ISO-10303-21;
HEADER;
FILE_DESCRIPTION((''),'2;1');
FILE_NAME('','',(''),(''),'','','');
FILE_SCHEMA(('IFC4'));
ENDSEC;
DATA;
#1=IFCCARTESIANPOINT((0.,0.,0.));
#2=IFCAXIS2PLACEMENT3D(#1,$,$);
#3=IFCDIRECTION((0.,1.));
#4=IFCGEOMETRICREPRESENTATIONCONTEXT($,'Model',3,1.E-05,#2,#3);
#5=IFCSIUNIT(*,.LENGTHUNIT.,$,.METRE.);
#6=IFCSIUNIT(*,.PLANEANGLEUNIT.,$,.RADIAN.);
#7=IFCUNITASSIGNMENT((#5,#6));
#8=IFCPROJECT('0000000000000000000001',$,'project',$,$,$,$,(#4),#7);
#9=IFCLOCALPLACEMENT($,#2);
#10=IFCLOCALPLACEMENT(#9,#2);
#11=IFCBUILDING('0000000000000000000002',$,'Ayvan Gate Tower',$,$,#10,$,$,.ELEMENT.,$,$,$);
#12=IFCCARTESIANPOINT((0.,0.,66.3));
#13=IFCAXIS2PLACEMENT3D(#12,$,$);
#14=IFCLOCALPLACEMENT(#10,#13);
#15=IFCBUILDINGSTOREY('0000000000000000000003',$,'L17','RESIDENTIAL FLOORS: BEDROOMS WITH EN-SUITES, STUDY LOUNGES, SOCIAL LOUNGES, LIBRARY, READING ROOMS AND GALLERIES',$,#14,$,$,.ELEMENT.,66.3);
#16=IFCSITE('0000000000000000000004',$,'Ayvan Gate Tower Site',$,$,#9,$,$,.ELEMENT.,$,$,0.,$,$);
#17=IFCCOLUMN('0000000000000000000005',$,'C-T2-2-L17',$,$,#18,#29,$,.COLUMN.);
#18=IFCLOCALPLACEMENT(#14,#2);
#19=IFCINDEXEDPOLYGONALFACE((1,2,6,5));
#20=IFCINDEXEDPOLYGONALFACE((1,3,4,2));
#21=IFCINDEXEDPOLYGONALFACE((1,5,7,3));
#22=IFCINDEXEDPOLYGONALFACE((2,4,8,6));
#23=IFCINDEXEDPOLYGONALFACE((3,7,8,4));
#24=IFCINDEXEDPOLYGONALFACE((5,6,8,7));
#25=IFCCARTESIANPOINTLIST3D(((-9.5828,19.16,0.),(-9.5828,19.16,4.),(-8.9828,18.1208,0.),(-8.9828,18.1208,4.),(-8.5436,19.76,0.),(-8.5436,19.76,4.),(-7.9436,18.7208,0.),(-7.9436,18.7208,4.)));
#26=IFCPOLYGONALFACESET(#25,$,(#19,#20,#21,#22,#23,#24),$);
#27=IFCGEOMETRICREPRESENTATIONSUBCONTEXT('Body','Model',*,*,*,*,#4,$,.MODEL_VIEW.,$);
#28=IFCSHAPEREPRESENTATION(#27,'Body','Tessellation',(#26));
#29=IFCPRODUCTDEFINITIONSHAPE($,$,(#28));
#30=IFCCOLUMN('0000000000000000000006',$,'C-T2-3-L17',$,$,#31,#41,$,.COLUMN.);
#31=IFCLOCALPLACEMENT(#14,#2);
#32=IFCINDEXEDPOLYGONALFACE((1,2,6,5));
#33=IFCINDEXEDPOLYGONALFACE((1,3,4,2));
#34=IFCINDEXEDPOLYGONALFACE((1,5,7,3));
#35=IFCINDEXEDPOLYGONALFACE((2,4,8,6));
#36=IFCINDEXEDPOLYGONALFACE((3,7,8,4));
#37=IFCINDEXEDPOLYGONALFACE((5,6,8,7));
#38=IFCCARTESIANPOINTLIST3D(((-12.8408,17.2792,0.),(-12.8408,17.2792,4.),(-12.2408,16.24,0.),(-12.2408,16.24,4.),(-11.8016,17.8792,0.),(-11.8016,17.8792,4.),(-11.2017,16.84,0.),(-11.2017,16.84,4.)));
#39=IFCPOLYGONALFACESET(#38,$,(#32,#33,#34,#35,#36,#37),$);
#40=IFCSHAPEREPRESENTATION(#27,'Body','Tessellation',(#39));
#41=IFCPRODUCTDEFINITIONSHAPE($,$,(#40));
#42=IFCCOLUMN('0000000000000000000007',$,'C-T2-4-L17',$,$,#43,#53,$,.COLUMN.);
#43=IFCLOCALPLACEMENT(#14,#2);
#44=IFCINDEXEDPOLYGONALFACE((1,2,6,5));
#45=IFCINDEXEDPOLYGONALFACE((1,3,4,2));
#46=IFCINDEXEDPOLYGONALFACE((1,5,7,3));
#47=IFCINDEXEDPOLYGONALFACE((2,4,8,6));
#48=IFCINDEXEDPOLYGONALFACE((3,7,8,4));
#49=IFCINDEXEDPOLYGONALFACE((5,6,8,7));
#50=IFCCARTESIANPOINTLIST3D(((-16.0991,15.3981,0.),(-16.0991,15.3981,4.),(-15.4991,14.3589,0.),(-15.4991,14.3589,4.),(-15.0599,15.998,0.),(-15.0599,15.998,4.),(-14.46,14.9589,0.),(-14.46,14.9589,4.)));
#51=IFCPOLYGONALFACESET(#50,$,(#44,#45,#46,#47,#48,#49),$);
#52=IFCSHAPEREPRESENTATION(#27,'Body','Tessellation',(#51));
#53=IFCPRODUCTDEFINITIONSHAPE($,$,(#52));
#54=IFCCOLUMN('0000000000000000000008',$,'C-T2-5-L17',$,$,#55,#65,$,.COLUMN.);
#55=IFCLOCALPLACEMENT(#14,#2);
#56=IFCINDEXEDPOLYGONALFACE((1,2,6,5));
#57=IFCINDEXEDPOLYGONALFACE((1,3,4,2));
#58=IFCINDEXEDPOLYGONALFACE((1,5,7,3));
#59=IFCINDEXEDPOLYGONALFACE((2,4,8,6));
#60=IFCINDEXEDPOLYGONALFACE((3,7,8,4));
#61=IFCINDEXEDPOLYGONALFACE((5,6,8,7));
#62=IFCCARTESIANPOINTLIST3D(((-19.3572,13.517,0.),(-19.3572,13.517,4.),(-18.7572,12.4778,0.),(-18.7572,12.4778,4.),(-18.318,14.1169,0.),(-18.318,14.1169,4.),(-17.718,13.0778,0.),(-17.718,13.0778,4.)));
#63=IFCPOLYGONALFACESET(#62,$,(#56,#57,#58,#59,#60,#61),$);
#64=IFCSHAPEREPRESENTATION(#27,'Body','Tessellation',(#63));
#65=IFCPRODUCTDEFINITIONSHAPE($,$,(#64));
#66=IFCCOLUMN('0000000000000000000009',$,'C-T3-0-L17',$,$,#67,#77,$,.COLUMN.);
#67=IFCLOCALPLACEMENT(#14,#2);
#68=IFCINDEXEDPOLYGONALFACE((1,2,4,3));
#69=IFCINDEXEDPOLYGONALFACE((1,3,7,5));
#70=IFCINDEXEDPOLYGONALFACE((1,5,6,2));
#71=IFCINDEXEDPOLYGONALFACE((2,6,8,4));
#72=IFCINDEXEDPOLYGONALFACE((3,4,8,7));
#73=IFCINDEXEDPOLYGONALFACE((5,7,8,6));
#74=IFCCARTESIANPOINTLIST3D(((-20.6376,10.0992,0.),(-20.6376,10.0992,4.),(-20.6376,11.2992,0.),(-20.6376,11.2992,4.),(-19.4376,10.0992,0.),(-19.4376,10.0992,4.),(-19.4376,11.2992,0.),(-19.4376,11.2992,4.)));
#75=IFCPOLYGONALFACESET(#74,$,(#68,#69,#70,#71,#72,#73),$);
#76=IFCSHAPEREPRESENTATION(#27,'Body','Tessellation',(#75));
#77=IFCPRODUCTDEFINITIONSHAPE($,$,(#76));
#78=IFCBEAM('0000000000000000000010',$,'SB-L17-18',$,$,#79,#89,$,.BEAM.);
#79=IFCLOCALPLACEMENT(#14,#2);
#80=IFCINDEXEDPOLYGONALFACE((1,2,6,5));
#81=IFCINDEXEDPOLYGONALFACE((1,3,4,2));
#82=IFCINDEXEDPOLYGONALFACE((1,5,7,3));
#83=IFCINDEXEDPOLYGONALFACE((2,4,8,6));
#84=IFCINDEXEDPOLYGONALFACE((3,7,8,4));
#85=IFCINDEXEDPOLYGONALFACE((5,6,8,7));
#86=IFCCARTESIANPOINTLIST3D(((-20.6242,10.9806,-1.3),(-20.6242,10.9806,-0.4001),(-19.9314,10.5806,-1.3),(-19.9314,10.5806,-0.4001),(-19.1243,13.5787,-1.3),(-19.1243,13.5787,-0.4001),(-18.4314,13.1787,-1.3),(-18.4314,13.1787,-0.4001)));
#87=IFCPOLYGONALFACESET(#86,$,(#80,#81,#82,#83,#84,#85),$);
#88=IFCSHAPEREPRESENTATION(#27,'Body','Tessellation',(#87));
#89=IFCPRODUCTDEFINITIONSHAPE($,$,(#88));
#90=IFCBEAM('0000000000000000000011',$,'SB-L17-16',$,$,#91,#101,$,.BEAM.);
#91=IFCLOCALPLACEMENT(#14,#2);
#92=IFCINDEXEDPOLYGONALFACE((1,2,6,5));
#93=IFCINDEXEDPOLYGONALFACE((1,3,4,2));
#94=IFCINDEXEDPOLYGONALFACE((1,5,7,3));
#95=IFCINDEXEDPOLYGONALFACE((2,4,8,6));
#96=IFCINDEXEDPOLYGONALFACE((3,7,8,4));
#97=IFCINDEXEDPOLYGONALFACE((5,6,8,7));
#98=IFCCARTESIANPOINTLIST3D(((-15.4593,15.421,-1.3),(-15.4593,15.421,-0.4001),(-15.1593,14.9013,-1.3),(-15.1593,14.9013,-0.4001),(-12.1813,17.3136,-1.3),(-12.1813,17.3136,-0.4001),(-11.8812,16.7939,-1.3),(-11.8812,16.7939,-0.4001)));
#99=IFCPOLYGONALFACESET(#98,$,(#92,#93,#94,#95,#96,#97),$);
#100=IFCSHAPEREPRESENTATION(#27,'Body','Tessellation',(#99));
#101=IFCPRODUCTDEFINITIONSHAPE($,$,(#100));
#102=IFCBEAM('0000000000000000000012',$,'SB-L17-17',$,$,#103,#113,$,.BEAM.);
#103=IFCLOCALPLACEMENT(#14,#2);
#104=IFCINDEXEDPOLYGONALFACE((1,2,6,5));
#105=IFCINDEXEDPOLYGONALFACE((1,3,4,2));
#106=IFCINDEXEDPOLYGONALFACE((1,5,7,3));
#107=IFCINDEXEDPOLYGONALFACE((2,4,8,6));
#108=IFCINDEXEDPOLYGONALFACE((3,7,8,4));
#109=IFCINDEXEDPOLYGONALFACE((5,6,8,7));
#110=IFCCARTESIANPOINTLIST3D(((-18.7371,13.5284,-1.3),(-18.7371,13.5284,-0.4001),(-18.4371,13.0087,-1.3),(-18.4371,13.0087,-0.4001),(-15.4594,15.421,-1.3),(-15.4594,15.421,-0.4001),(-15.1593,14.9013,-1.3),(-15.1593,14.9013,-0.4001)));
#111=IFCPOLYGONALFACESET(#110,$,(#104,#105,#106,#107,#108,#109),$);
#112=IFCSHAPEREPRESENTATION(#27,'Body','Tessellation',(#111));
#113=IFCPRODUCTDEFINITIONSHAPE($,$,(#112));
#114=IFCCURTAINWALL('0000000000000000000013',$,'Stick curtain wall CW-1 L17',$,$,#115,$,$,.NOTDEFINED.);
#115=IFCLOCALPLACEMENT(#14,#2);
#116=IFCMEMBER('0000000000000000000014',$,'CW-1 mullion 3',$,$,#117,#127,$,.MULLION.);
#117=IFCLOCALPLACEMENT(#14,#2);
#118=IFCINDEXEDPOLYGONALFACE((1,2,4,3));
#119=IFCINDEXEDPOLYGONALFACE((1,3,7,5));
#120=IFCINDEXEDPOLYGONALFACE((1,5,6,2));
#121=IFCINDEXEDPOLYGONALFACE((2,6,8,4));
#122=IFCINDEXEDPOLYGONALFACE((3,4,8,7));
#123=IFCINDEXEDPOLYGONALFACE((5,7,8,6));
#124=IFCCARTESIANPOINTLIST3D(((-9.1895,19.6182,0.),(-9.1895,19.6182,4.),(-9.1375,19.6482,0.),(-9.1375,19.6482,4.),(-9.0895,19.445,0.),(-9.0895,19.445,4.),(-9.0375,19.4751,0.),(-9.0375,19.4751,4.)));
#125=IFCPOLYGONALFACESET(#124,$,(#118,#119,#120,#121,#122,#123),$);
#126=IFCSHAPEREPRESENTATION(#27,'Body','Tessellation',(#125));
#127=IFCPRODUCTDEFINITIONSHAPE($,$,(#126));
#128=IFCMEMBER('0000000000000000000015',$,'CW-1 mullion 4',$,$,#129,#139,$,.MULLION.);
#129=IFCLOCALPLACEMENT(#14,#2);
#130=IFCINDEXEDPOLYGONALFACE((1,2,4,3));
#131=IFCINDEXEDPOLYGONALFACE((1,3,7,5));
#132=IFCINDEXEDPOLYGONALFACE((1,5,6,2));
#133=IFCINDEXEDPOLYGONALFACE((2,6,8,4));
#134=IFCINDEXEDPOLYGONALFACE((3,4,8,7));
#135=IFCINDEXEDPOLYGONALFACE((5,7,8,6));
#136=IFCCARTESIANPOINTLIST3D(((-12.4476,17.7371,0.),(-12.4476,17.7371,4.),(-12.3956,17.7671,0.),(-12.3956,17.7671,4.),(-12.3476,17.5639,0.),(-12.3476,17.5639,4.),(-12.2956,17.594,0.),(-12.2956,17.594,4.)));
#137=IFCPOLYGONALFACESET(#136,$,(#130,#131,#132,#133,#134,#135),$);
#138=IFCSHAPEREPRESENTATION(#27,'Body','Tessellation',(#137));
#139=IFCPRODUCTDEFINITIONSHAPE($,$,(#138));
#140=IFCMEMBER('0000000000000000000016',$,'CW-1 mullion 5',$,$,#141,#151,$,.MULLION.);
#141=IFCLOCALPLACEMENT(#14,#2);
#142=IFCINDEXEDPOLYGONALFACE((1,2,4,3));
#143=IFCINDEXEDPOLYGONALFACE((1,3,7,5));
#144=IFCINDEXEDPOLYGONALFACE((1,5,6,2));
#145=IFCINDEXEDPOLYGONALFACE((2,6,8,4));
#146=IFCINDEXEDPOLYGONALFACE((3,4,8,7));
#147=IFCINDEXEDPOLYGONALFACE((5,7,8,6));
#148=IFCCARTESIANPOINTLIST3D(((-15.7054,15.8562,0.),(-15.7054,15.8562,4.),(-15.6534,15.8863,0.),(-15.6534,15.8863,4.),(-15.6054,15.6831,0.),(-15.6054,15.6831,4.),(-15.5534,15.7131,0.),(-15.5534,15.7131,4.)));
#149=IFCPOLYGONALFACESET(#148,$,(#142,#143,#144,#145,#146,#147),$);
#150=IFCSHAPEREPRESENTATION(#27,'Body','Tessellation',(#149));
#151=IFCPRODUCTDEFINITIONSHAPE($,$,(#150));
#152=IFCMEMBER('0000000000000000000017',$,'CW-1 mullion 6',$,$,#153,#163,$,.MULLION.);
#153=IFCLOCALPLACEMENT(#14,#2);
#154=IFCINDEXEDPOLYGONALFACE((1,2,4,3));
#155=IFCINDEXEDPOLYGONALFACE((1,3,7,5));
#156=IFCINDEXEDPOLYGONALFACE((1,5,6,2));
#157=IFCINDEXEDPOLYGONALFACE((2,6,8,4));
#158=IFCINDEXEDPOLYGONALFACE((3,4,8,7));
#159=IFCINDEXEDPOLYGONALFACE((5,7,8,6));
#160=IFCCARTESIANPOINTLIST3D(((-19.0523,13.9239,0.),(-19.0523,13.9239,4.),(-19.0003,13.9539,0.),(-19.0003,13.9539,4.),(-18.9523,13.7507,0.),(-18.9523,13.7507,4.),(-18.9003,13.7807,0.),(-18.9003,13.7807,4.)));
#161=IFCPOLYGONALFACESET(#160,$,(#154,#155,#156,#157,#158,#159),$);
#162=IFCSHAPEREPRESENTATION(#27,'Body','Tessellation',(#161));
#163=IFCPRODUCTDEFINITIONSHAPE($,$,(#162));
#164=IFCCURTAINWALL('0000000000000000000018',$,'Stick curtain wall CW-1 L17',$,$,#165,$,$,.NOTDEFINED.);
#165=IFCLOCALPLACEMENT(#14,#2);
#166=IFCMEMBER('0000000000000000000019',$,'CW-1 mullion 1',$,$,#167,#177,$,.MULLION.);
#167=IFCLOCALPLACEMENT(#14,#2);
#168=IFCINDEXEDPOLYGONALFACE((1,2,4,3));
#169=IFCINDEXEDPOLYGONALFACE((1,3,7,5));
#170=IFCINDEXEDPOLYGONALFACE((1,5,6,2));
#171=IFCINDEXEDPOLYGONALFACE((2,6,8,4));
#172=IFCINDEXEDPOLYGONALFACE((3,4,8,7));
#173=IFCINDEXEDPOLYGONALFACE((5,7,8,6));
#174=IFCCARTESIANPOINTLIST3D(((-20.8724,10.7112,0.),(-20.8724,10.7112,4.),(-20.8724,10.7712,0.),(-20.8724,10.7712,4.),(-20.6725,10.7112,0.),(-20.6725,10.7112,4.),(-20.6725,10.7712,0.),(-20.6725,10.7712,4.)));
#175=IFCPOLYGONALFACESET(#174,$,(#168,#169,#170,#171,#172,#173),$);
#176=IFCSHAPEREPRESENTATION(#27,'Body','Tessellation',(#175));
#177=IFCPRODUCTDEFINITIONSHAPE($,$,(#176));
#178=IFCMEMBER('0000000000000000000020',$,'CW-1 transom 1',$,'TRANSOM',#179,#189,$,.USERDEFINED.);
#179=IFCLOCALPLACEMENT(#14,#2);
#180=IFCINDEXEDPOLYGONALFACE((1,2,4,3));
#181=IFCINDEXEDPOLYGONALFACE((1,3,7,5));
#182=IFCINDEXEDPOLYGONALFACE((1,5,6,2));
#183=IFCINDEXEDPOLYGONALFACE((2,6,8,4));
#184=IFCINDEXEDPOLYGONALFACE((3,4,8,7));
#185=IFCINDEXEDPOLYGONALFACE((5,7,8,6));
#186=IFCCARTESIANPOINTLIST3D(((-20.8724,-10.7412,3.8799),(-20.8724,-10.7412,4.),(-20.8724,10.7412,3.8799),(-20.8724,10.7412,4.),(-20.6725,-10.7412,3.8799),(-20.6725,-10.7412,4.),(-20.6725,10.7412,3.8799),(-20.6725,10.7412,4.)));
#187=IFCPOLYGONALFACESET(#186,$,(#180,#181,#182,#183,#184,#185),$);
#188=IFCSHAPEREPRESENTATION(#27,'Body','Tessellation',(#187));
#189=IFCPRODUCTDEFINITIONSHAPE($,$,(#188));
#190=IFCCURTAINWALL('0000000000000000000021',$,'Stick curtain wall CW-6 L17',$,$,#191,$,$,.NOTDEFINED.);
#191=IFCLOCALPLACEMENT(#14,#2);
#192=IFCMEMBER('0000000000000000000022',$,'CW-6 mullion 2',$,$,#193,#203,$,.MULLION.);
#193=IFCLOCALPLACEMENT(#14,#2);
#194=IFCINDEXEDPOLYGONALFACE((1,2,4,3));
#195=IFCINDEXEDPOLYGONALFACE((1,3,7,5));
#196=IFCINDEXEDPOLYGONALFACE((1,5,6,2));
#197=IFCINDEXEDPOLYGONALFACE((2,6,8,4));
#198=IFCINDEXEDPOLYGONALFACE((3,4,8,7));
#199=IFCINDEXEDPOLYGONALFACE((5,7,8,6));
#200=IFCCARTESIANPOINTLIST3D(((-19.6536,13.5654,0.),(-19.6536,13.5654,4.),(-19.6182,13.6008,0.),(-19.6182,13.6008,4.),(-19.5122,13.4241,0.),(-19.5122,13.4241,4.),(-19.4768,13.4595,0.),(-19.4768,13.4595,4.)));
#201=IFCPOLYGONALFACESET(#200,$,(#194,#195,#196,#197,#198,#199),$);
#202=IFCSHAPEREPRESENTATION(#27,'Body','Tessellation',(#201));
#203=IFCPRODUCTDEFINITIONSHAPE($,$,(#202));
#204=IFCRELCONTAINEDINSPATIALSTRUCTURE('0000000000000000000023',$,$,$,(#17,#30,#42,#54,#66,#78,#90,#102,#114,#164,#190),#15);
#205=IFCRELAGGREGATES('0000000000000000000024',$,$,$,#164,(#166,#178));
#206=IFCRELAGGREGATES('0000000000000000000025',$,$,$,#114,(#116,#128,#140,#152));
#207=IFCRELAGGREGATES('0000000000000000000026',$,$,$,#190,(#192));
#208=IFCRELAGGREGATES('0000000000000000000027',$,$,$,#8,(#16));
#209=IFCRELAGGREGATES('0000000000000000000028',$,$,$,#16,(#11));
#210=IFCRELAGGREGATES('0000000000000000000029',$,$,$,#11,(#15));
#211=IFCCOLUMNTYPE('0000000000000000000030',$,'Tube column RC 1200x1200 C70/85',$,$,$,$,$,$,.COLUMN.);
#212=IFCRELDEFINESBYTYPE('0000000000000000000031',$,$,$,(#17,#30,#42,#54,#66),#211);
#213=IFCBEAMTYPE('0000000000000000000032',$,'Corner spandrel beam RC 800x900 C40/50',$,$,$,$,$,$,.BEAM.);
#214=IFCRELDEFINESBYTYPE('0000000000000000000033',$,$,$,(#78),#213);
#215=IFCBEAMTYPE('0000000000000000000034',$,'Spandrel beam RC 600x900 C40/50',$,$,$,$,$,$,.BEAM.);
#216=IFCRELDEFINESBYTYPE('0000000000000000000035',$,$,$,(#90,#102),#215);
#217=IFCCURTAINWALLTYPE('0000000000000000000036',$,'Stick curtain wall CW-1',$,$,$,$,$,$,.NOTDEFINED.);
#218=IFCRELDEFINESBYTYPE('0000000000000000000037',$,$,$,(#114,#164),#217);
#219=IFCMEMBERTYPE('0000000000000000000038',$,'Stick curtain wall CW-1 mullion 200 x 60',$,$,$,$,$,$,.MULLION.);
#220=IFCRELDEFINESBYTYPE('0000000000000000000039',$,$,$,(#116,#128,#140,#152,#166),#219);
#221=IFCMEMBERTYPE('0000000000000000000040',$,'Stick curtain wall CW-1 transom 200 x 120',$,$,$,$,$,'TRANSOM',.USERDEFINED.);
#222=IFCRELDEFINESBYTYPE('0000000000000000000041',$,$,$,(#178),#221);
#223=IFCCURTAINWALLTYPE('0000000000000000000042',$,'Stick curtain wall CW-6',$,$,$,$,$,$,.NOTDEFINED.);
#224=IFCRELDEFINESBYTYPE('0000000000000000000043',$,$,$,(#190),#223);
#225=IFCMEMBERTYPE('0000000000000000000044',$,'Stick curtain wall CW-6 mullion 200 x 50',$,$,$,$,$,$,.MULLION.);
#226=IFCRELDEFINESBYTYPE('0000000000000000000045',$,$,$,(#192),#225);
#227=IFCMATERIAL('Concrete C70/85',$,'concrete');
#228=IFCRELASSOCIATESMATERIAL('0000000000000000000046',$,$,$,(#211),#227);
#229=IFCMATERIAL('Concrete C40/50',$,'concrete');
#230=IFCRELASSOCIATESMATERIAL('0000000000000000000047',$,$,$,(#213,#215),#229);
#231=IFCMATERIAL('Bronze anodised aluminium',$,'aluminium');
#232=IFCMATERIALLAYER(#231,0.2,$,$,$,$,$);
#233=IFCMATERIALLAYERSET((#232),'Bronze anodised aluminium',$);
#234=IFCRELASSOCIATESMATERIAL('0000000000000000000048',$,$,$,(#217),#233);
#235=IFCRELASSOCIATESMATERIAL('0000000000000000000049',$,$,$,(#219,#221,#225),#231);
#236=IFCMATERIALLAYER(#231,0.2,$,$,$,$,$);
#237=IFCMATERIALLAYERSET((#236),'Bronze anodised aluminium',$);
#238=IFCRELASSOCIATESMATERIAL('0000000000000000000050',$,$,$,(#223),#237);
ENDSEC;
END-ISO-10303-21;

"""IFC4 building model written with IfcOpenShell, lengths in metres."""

from ifc_helpers import new_model, si_unit, direction, frame, origin, origin_2d, place, context, subcontext, project, spatial, rectangle, extrude, material, layer, layer_set, material_profile, profile_set, type_object, element, aggregate, save


model = new_model("IFC4")

# Units and contexts
model_context = context("Model", 3, precision=1e-05, world=origin(), true_north=direction((0.0, 1.0)))
body_context = subcontext(model_context, "Body", "Model", "MODEL_VIEW")
ifc_project = project(units=[si_unit("LENGTHUNIT", "METRE"), si_unit("PLANEANGLEUNIT", "RADIAN")], contexts=[model_context])

# Site, building, storey
site_placement = place(None, origin())
site = spatial("IfcSite", under=ifc_project, at=site_placement, Name="Ayvan Gate Tower Site", CompositionType="ELEMENT", RefElevation=0.0)
building_placement = place(site_placement, origin())
building = spatial("IfcBuilding", under=site, at=building_placement, Name="Ayvan Gate Tower", CompositionType="ELEMENT")
storey_placement = place(building_placement, frame((0.0, 0.0, 66.3)))
storey = spatial("IfcBuildingStorey", under=building, at=storey_placement, Name="L17", Description="RESIDENTIAL FLOORS: BEDROOMS WITH EN-SUITES, STUDY LOUNGES, SOCIAL LOUNGES, LIBRARY, READING ROOMS AND GALLERIES", CompositionType="ELEMENT", Elevation=66.3)

# Columns
ifc_material_1 = material(Name="Concrete C70/85", Category="concrete")
ifc_material_profile_1 = material_profile(ifc_material_1, rectangle(XDim=1.2, YDim=1.2, at=origin_2d()), Name="RC 1200x1200")
ifc_profile_set_1 = profile_set([ifc_material_profile_1], Name="Concrete C70/85")
column_type = type_object("IfcColumnType", Name="Tube column RC 1200x1200 C70/85", PredefinedType="COLUMN", material=ifc_profile_set_1)
for number, where, z_axis, x_axis, name in (
    (1, (-8.7632, 18.9404, 0.0), (0.0, 0.0, 1.0), (-0.5, 0.866025, 0.0), "C-T2-2-L17"),
    (2, (-12.0212, 17.0596, 0.0), (0.0, 0.0, 1.0), (-0.5, 0.866025, 0.0), "C-T2-3-L17"),
    (3, (-15.2795, 15.1785, 0.0), (0.0, 0.0, 1.0), (-0.5, 0.866025, 0.0), "C-T2-4-L17"),
    (4, (-18.5376, 13.2974, 0.0), (0.0, 0.0, 1.0), (-0.5, 0.866025, 0.0), "C-T2-5-L17"),
    (5, (-20.0376, 10.6992, 0.0), (0.0, 0.0, 1.0), (-1.0, 0.0, 0.0), "C-T3-0-L17"),
):
    element("IfcColumn", number, at=place(storey_placement, frame(where, z_axis=z_axis, x_axis=x_axis)), inside=storey, type_object=column_type, Name=name, PredefinedType="COLUMN", context=body_context, shape_type="SweptSolid", body=[
        extrude(rectangle(XDim=1.2, YDim=1.2, at=origin_2d()), origin(), (0.0, 0.0, 1.0), 4.0),
    ])

# Beams
ifc_material_2 = material(Name="Concrete C40/50", Category="concrete")
ifc_material_profile_2 = material_profile(ifc_material_2, rectangle(XDim=0.8, YDim=0.8999, at=origin_2d()), Name="RC 800x900")
ifc_profile_set_2 = profile_set([ifc_material_profile_2], Name="Concrete C40/50")
beam_type_1 = type_object("IfcBeamType", Name="Corner spandrel beam RC 800x900 C40/50", PredefinedType="BEAM", material=ifc_profile_set_2)
beam_1_placement = place(storey_placement, frame((-18.7778, 13.3787, -0.8501), z_axis=(-0.49999, -0.866031, 0.0), x_axis=(0.866031, -0.49999, 0.0)))
element("IfcBeam", 6, at=beam_1_placement, inside=storey, type_object=beam_type_1, Name="SB-L17-18", PredefinedType="BEAM", context=body_context, shape_type="SweptSolid", body=[
    extrude(rectangle(XDim=0.8, YDim=0.8999, at=origin_2d()), origin(), (0.0, 0.0, 1.0), 3.0),
])
ifc_material_profile_3 = material_profile(ifc_material_2, rectangle(XDim=0.6001, YDim=0.8999, at=origin_2d()), Name="RC 600x900")
ifc_profile_set_3 = profile_set([ifc_material_profile_3], Name="Concrete C40/50")
beam_type_2 = type_object("IfcBeamType", Name="Spandrel beam RC 600x900 C40/50", PredefinedType="BEAM", material=ifc_profile_set_3)
beam_2_placement = place(storey_placement, frame((-12.0312, 17.0537, -0.8501), z_axis=(-0.866028, -0.499996, 0.0), x_axis=(0.499996, -0.866028, 0.0)))
element("IfcBeam", 7, at=beam_2_placement, inside=storey, type_object=beam_type_2, Name="SB-L17-16", PredefinedType="BEAM", context=body_context, shape_type="SweptSolid", body=[
    extrude(rectangle(XDim=0.6001, YDim=0.8999, at=origin_2d()), origin(), (0.0, 0.0, 1.0), 3.7852),
])
beam_3_placement = place(storey_placement, frame((-15.3093, 15.1611, -0.8501), z_axis=(-0.866012, -0.500024, 0.0), x_axis=(0.500024, -0.866012, 0.0)))
element("IfcBeam", 8, at=beam_3_placement, inside=storey, type_object=beam_type_2, Name="SB-L17-17", PredefinedType="BEAM", context=body_context, shape_type="SweptSolid", body=[
    extrude(rectangle(XDim=0.6001, YDim=0.8999, at=origin_2d()), origin(), (0.0, 0.0, 1.0), 3.7849),
])

# Curtain walls, members
ifc_material_3 = material(Name="Bronze anodised aluminium", Category="aluminium")
ifc_layer_1 = layer(ifc_material_3, 0.2)
ifc_layer_set_1 = layer_set([ifc_layer_1], Name="Bronze anodised aluminium")
curtain_wall_type_1 = type_object("IfcCurtainWallType", Name="Stick curtain wall CW-1", PredefinedType="NOTDEFINED", material=ifc_layer_set_1)
curtain_wall_1_placement = place(storey_placement, origin())
curtain_wall_1 = element("IfcCurtainWall", 9, at=curtain_wall_1_placement, inside=storey, type_object=curtain_wall_type_1, Name="Stick curtain wall CW-1 L17", PredefinedType="NOTDEFINED")
ifc_material_profile_4 = material_profile(ifc_material_3, rectangle(XDim=0.2, YDim=0.0601, at=origin_2d()), Name="Stick curtain wall CW-1 mullion 200 x 60")
ifc_profile_set_4 = profile_set([ifc_material_profile_4], Name="Bronze anodised aluminium")
member_type_1 = type_object("IfcMemberType", Name="Stick curtain wall CW-1 mullion 200 x 60", PredefinedType="MULLION", material=ifc_profile_set_4)
member_1_placement = place(storey_placement, frame((-9.1135, 19.5466, 0.0), z_axis=(0.0, 0.0, 1.0), x_axis=(-0.5, 0.866025, 0.0)))
member_1 = element("IfcMember", 10, at=member_1_placement, type_object=member_type_1, Name="CW-1 mullion 3", PredefinedType="MULLION", context=body_context, shape_type="SweptSolid", body=[
    extrude(rectangle(XDim=0.2, YDim=0.0601, at=origin_2d()), origin(), (0.0, 0.0, 1.0), 4.0),
])
member_2_placement = place(storey_placement, frame((-12.3716, 17.6655, 0.0), z_axis=(0.0, 0.0, 1.0), x_axis=(-0.5, 0.866025, 0.0)))
member_2 = element("IfcMember", 11, at=member_2_placement, type_object=member_type_1, Name="CW-1 mullion 4", PredefinedType="MULLION", context=body_context, shape_type="SweptSolid", body=[
    extrude(rectangle(XDim=0.2, YDim=0.0601, at=origin_2d()), origin(), (0.0, 0.0, 1.0), 4.0),
])
member_3_placement = place(storey_placement, frame((-15.6294, 15.7847, 0.0), z_axis=(0.0, 0.0, 1.0), x_axis=(-0.5, 0.866025, 0.0)))
member_3 = element("IfcMember", 12, at=member_3_placement, type_object=member_type_1, Name="CW-1 mullion 5", PredefinedType="MULLION", context=body_context, shape_type="SweptSolid", body=[
    extrude(rectangle(XDim=0.2, YDim=0.0601, at=origin_2d()), origin(), (0.0, 0.0, 1.0), 4.0),
])
member_4_placement = place(storey_placement, frame((-18.9763, 13.8523, 0.0), z_axis=(0.0, 0.0, 1.0), x_axis=(-0.5, 0.866025, 0.0)))
member_4 = element("IfcMember", 13, at=member_4_placement, type_object=member_type_1, Name="CW-1 mullion 6", PredefinedType="MULLION", context=body_context, shape_type="SweptSolid", body=[
    extrude(rectangle(XDim=0.2, YDim=0.0601, at=origin_2d()), origin(), (0.0, 0.0, 1.0), 4.0),
])
curtain_wall_2_placement = place(storey_placement, origin())
curtain_wall_2 = element("IfcCurtainWall", 14, at=curtain_wall_2_placement, inside=storey, type_object=curtain_wall_type_1, Name="Stick curtain wall CW-1 L17", PredefinedType="NOTDEFINED")
member_5_placement = place(storey_placement, frame((-20.7725, 10.7412, 0.0), z_axis=(0.0, 0.0, 1.0), x_axis=(-1.0, 0.0, 0.0)))
member_5 = element("IfcMember", 15, at=member_5_placement, type_object=member_type_1, Name="CW-1 mullion 1", PredefinedType="MULLION", context=body_context, shape_type="SweptSolid", body=[
    extrude(rectangle(XDim=0.2, YDim=0.0601, at=origin_2d()), origin(), (0.0, 0.0, 1.0), 4.0),
])
ifc_material_profile_5 = material_profile(ifc_material_3, rectangle(XDim=0.2, YDim=0.1201, at=origin_2d()), Name="Stick curtain wall CW-1 transom 200 x 120")
ifc_profile_set_5 = profile_set([ifc_material_profile_5], Name="Bronze anodised aluminium")
member_type_2 = type_object("IfcMemberType", Name="Stick curtain wall CW-1 transom 200 x 120", ElementType="TRANSOM", PredefinedType="USERDEFINED", material=ifc_profile_set_5)
member_6_placement = place(storey_placement, frame((-20.7725, 10.7412, 3.9399), z_axis=(0.0, -1.0, 0.0), x_axis=(1.0, 0.0, 0.0)))
member_6 = element("IfcMember", 16, at=member_6_placement, type_object=member_type_2, Name="CW-1 transom 1", ObjectType="TRANSOM", PredefinedType="USERDEFINED", context=body_context, shape_type="SweptSolid", body=[
    extrude(rectangle(XDim=0.2, YDim=0.1201, at=origin_2d()), origin(), (0.0, 0.0, 1.0), 21.4824),
])
aggregate(curtain_wall_2, [member_5, member_6])
ifc_layer_2 = layer(ifc_material_3, 0.2)
ifc_layer_set_2 = layer_set([ifc_layer_2], Name="Bronze anodised aluminium")
curtain_wall_type_2 = type_object("IfcCurtainWallType", Name="Stick curtain wall CW-6", PredefinedType="NOTDEFINED", material=ifc_layer_set_2)
curtain_wall_3_placement = place(storey_placement, origin())
curtain_wall_3 = element("IfcCurtainWall", 17, at=curtain_wall_3_placement, inside=storey, type_object=curtain_wall_type_2, Name="Stick curtain wall CW-6 L17", PredefinedType="NOTDEFINED")
ifc_material_profile_6 = material_profile(ifc_material_3, rectangle(XDim=0.2, YDim=0.05, at=origin_2d()), Name="Stick curtain wall CW-6 mullion 200 x 50")
ifc_profile_set_6 = profile_set([ifc_material_profile_6], Name="Bronze anodised aluminium")
member_type_3 = type_object("IfcMemberType", Name="Stick curtain wall CW-6 mullion 200 x 50", PredefinedType="MULLION", material=ifc_profile_set_6)
member_7_placement = place(storey_placement, frame((-19.5652, 13.5125, 0.0), z_axis=(0.0, 0.0, 1.0), x_axis=(-0.707107, 0.707107, 0.0)))
member_7 = element("IfcMember", 18, at=member_7_placement, type_object=member_type_3, Name="CW-6 mullion 2", PredefinedType="MULLION", context=body_context, shape_type="SweptSolid", body=[
    extrude(rectangle(XDim=0.2, YDim=0.05, at=origin_2d()), origin(), (0.0, 0.0, 1.0), 4.0),
])

aggregate(curtain_wall_1, [member_1, member_2, member_3, member_4])
aggregate(curtain_wall_3, [member_7])

save(model, "model.ifc")
